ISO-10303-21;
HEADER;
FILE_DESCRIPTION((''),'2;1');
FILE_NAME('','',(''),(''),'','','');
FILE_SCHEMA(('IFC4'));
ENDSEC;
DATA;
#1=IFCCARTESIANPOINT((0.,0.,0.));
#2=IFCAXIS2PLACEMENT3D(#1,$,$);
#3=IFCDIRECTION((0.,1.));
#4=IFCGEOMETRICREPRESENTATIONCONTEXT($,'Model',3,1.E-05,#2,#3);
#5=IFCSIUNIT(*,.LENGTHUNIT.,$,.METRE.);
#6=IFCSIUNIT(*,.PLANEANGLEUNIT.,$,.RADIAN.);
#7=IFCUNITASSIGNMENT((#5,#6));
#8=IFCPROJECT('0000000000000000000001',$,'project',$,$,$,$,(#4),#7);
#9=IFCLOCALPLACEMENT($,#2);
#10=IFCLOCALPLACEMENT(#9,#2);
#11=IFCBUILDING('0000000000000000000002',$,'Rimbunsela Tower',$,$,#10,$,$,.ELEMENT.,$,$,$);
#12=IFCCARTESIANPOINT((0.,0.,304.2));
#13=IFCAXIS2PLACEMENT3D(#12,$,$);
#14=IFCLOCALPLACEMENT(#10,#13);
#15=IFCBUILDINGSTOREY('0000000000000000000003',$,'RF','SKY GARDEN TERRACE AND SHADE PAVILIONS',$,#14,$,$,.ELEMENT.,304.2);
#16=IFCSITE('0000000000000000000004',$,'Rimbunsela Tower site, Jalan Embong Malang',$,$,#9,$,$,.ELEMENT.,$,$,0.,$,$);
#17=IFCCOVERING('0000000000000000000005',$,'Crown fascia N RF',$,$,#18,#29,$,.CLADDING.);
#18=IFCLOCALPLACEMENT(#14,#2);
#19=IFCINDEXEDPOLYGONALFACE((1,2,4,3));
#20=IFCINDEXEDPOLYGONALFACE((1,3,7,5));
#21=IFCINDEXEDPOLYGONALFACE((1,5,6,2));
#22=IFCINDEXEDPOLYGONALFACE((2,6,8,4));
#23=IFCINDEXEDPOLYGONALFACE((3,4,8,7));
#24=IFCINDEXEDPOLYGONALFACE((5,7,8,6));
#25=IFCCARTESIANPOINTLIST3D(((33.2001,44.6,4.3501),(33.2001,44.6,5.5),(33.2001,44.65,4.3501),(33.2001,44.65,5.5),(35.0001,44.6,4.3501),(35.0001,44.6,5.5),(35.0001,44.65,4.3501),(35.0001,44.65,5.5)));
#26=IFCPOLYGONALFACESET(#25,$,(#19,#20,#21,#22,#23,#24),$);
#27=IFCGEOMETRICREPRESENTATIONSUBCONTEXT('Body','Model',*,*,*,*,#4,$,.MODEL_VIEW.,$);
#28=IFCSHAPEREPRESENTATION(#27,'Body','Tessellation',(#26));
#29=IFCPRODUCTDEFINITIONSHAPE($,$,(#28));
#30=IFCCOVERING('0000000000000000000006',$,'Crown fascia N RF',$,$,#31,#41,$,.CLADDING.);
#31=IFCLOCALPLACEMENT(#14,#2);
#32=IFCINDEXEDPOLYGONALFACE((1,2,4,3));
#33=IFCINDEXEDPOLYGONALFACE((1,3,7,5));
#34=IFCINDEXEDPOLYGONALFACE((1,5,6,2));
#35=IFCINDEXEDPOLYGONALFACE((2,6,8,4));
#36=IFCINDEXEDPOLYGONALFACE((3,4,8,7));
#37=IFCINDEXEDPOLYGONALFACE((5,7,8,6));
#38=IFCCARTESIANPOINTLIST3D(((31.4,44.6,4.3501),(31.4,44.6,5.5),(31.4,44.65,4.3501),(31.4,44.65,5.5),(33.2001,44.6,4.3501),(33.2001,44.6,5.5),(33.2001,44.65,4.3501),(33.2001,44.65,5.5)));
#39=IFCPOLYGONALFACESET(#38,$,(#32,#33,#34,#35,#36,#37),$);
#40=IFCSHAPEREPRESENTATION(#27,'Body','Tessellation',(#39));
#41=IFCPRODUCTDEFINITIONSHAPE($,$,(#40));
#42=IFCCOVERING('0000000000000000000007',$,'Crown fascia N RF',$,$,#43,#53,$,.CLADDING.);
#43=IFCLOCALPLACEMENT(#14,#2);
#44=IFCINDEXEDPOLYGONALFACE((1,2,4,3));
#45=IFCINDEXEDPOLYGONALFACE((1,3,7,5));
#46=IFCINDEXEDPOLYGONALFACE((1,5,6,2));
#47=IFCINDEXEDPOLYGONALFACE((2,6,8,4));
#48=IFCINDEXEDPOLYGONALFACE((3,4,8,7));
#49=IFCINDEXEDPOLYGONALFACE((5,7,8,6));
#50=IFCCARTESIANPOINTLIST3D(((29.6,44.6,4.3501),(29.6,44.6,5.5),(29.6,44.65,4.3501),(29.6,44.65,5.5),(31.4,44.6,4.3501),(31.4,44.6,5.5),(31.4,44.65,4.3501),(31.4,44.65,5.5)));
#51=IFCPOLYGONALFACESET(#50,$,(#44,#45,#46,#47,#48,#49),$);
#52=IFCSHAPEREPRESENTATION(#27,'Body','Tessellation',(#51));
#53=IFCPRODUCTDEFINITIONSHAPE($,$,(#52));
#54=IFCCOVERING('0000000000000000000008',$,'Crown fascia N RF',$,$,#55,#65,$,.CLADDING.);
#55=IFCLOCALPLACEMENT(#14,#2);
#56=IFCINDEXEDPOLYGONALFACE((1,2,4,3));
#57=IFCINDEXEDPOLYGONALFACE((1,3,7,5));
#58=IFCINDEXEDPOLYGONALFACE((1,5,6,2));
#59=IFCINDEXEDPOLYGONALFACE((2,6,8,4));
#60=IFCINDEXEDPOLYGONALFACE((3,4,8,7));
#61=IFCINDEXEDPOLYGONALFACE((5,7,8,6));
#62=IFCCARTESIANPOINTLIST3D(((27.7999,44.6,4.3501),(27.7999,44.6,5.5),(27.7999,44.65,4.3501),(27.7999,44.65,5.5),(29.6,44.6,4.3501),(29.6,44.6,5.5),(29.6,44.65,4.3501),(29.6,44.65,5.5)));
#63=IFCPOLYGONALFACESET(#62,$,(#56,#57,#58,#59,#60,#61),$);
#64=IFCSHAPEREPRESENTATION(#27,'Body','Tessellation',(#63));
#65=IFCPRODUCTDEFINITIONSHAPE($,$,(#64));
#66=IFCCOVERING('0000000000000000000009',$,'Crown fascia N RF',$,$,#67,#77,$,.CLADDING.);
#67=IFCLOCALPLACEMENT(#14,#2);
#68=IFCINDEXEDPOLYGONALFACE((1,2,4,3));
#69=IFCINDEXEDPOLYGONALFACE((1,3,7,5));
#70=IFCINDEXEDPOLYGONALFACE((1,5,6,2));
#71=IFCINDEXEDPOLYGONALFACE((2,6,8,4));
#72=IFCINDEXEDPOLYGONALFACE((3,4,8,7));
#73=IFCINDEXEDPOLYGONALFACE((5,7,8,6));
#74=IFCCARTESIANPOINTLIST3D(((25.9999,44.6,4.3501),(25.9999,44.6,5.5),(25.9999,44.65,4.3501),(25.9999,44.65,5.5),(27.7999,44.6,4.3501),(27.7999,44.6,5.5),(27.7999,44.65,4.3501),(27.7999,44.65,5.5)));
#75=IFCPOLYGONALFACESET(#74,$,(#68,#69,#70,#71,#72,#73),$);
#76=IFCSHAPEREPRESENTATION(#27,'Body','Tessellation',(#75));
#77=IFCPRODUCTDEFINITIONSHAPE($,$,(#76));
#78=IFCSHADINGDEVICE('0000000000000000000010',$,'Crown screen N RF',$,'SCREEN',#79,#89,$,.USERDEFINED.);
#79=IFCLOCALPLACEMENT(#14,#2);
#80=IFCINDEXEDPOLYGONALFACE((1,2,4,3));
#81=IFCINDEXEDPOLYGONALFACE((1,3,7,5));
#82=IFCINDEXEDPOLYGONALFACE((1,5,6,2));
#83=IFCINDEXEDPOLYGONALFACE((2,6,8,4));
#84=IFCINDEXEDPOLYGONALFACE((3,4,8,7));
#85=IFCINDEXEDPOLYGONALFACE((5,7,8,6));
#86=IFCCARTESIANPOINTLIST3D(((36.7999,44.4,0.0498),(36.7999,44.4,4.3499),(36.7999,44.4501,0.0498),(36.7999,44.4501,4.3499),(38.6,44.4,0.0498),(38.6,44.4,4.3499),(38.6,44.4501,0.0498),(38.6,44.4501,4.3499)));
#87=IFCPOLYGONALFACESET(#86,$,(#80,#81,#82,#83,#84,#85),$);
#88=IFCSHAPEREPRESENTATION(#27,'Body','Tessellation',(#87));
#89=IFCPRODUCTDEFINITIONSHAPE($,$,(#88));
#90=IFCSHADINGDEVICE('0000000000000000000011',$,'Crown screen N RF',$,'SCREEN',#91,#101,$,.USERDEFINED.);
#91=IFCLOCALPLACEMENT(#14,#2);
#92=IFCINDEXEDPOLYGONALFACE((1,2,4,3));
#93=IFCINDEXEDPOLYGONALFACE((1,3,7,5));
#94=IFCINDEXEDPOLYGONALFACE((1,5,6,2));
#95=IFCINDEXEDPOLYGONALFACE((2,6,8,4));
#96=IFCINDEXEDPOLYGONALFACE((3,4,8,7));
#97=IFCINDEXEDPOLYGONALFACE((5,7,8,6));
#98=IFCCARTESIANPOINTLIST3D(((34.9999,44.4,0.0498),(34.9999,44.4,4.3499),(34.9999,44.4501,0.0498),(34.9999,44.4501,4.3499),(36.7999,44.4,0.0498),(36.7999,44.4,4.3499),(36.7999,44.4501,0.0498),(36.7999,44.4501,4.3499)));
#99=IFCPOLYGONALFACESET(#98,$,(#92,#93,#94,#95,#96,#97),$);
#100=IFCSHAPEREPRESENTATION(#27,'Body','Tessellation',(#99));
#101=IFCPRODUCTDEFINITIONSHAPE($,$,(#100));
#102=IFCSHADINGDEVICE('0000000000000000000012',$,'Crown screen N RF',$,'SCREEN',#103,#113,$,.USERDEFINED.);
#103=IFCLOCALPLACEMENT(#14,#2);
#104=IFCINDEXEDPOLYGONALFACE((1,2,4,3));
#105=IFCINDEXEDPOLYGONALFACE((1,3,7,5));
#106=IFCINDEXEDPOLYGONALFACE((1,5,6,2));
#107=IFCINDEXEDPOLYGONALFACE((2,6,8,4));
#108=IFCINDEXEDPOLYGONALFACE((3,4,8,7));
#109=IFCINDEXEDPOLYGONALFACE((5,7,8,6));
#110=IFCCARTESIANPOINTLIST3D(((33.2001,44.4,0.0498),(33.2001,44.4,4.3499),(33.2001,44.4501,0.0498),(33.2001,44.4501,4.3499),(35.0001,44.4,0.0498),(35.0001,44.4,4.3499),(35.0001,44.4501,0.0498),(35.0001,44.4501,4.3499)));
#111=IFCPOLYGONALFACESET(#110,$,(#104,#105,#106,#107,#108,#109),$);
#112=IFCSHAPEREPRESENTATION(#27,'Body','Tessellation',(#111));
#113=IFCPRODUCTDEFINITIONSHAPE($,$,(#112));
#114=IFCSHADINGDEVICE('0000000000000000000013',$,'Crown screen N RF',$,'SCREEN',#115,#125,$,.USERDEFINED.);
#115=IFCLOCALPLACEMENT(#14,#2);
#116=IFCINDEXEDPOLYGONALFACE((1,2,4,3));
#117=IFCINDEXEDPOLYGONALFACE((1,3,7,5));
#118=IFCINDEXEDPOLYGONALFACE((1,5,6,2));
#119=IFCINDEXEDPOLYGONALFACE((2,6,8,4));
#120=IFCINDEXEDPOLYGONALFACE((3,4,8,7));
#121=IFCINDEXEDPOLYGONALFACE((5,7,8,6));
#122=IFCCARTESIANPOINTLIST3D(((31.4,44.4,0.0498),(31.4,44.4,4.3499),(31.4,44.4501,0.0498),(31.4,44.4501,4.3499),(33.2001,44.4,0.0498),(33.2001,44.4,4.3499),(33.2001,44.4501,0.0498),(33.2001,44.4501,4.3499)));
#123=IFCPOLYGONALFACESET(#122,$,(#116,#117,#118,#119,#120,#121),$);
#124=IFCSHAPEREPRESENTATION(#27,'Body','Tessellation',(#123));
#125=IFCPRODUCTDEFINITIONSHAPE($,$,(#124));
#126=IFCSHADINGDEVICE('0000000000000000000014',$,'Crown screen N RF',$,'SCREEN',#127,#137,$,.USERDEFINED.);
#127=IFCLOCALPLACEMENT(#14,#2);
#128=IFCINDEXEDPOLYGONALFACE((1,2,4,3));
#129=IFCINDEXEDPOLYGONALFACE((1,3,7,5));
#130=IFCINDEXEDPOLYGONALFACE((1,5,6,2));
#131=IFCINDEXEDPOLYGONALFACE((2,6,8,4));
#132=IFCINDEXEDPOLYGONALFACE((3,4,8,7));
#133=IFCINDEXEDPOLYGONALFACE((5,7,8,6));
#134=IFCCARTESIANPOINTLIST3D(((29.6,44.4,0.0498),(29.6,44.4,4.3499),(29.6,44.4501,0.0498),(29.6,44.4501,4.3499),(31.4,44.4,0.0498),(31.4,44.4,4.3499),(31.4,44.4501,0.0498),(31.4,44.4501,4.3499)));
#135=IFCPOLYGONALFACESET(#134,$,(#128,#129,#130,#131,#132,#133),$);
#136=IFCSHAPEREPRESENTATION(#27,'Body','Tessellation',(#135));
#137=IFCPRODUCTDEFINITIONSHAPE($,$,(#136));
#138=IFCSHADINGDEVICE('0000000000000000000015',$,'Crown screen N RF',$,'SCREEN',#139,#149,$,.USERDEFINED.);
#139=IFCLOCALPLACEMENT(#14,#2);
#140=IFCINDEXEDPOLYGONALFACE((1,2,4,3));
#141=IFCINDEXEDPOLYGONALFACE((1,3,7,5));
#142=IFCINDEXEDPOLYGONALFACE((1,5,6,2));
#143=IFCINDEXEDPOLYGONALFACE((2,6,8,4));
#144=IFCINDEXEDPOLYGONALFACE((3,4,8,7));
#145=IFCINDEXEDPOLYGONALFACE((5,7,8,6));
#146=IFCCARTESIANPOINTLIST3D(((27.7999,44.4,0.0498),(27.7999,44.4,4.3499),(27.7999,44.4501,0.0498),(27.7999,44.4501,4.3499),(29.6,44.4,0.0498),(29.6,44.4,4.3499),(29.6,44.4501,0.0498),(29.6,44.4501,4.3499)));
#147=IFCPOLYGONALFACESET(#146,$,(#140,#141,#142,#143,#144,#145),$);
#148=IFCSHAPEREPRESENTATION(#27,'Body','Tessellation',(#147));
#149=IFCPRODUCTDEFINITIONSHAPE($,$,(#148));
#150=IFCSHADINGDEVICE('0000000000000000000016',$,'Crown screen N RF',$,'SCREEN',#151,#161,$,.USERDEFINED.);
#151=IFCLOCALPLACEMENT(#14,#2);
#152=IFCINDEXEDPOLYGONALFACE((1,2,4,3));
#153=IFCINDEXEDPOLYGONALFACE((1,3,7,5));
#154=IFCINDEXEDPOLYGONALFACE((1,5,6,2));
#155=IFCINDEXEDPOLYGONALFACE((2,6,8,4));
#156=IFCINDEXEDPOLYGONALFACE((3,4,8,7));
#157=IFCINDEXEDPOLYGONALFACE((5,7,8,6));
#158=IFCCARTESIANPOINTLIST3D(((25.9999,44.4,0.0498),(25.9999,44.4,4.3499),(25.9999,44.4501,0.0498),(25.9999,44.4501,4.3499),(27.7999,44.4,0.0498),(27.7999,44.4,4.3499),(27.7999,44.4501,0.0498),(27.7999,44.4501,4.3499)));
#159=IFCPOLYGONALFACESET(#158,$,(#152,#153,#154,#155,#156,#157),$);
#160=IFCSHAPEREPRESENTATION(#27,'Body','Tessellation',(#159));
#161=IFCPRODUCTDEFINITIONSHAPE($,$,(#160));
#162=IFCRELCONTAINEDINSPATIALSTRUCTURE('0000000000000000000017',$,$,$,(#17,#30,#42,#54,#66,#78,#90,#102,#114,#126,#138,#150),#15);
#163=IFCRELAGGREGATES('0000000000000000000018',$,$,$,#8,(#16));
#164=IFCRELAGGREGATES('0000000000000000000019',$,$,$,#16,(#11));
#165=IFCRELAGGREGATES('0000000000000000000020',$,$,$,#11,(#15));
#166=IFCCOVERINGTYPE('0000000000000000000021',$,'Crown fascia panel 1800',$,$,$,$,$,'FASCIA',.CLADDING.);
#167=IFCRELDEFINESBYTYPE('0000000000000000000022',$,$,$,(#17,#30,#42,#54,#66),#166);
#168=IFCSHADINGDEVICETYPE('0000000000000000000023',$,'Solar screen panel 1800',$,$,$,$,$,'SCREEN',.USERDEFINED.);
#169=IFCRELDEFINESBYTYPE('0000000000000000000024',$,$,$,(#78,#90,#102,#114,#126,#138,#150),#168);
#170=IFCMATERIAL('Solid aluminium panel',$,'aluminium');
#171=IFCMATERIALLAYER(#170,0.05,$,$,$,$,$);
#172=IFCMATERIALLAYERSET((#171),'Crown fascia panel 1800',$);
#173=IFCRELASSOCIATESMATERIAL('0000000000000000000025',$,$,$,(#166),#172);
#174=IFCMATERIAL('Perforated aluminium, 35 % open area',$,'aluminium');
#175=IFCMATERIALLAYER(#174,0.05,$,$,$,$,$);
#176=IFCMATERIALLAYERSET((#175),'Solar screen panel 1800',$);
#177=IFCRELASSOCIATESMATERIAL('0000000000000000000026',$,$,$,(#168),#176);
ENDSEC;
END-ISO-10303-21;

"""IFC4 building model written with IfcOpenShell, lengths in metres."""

from ifc_helpers import new_model, si_unit, direction, frame, origin, origin_2d, place, context, subcontext, project, spatial, rectangle, extrude, material, layer, layer_set, type_object, element, save


model = new_model("IFC4")

# Units and contexts
model_context = context("Model", 3, precision=1e-05, world=origin(), true_north=direction((0.0, 1.0)))
body_context = subcontext(model_context, "Body", "Model", "MODEL_VIEW")
ifc_project = project(units=[si_unit("LENGTHUNIT", "METRE"), si_unit("PLANEANGLEUNIT", "RADIAN")], contexts=[model_context])

# Site, building, storey
site_placement = place(None, origin())
site = spatial("IfcSite", under=ifc_project, at=site_placement, Name="Rimbunsela Tower site, Jalan Embong Malang", CompositionType="ELEMENT", RefElevation=0.0)
building_placement = place(site_placement, origin())
building = spatial("IfcBuilding", under=site, at=building_placement, Name="Rimbunsela Tower", CompositionType="ELEMENT")
storey_placement = place(building_placement, frame((0.0, 0.0, 304.2)))
storey = spatial("IfcBuildingStorey", under=building, at=storey_placement, Name="RF", Description="SKY GARDEN TERRACE AND SHADE PAVILIONS", CompositionType="ELEMENT", Elevation=304.2)

# Coverings
ifc_material_1 = material(Name="Solid aluminium panel", Category="aluminium")
ifc_layer_1 = layer(ifc_material_1, 0.05)
ifc_layer_set_1 = layer_set([ifc_layer_1], Name="Crown fascia panel 1800")
covering_type = type_object("IfcCoveringType", Name="Crown fascia panel 1800", ElementType="FASCIA", PredefinedType="CLADDING", material=ifc_layer_set_1)
for number, where, z_axis, x_axis, name in (
    (1, (34.1001, 44.625, 4.3501), (0.0, 0.0, 1.0), (1.0, 0.0, 0.0), "Crown fascia N RF"),
    (2, (32.3, 44.625, 4.3501), (0.0, 0.0, 1.0), (1.0, 0.0, 0.0), "Crown fascia N RF"),
    (3, (30.5, 44.625, 4.3501), (0.0, 0.0, 1.0), (1.0, 0.0, 0.0), "Crown fascia N RF"),
    (4, (28.7, 44.625, 4.3501), (0.0, 0.0, 1.0), (1.0, 0.0, 0.0), "Crown fascia N RF"),
    (5, (26.8999, 44.625, 4.3501), (0.0, 0.0, 1.0), (1.0, 0.0, 0.0), "Crown fascia N RF"),
):
    element("IfcCovering", number, at=place(storey_placement, frame(where, z_axis=z_axis, x_axis=x_axis)), inside=storey, type_object=covering_type, Name=name, PredefinedType="CLADDING", context=body_context, shape_type="SweptSolid", body=[
        extrude(rectangle(XDim=1.8, YDim=0.05, at=origin_2d()), origin(), (0.0, 0.0, 1.0), 1.1499),
    ])

# Shading devices
ifc_material_2 = material(Name="Perforated aluminium, 35 % open area", Category="aluminium")
ifc_layer_2 = layer(ifc_material_2, 0.05)
ifc_layer_set_2 = layer_set([ifc_layer_2], Name="Solar screen panel 1800")
shading_device_type = type_object("IfcShadingDeviceType", Name="Solar screen panel 1800", ElementType="SCREEN", PredefinedType="USERDEFINED", material=ifc_layer_set_2)
for number, where, z_axis, x_axis, name in (
    (6, (37.7, 44.425, 0.0498), (0.0, 0.0, 1.0), (1.0, 0.0, 0.0), "Crown screen N RF"),
    (7, (35.8999, 44.425, 0.0498), (0.0, 0.0, 1.0), (1.0, 0.0, 0.0), "Crown screen N RF"),
    (8, (34.1001, 44.425, 0.0498), (0.0, 0.0, 1.0), (1.0, 0.0, 0.0), "Crown screen N RF"),
    (9, (32.3, 44.425, 0.0498), (0.0, 0.0, 1.0), (1.0, 0.0, 0.0), "Crown screen N RF"),
    (10, (30.5, 44.425, 0.0498), (0.0, 0.0, 1.0), (1.0, 0.0, 0.0), "Crown screen N RF"),
    (11, (28.7, 44.425, 0.0498), (0.0, 0.0, 1.0), (1.0, 0.0, 0.0), "Crown screen N RF"),
    (12, (26.8999, 44.425, 0.0498), (0.0, 0.0, 1.0), (1.0, 0.0, 0.0), "Crown screen N RF"),
):
    element("IfcShadingDevice", number, at=place(storey_placement, frame(where, z_axis=z_axis, x_axis=x_axis)), inside=storey, type_object=shading_device_type, Name=name, ObjectType="SCREEN", PredefinedType="USERDEFINED", context=body_context, shape_type="SweptSolid", body=[
        extrude(rectangle(XDim=1.8, YDim=0.05, at=origin_2d()), origin(), (0.0, 0.0, 1.0), 4.3),
    ])

save(model, "model.ifc")
